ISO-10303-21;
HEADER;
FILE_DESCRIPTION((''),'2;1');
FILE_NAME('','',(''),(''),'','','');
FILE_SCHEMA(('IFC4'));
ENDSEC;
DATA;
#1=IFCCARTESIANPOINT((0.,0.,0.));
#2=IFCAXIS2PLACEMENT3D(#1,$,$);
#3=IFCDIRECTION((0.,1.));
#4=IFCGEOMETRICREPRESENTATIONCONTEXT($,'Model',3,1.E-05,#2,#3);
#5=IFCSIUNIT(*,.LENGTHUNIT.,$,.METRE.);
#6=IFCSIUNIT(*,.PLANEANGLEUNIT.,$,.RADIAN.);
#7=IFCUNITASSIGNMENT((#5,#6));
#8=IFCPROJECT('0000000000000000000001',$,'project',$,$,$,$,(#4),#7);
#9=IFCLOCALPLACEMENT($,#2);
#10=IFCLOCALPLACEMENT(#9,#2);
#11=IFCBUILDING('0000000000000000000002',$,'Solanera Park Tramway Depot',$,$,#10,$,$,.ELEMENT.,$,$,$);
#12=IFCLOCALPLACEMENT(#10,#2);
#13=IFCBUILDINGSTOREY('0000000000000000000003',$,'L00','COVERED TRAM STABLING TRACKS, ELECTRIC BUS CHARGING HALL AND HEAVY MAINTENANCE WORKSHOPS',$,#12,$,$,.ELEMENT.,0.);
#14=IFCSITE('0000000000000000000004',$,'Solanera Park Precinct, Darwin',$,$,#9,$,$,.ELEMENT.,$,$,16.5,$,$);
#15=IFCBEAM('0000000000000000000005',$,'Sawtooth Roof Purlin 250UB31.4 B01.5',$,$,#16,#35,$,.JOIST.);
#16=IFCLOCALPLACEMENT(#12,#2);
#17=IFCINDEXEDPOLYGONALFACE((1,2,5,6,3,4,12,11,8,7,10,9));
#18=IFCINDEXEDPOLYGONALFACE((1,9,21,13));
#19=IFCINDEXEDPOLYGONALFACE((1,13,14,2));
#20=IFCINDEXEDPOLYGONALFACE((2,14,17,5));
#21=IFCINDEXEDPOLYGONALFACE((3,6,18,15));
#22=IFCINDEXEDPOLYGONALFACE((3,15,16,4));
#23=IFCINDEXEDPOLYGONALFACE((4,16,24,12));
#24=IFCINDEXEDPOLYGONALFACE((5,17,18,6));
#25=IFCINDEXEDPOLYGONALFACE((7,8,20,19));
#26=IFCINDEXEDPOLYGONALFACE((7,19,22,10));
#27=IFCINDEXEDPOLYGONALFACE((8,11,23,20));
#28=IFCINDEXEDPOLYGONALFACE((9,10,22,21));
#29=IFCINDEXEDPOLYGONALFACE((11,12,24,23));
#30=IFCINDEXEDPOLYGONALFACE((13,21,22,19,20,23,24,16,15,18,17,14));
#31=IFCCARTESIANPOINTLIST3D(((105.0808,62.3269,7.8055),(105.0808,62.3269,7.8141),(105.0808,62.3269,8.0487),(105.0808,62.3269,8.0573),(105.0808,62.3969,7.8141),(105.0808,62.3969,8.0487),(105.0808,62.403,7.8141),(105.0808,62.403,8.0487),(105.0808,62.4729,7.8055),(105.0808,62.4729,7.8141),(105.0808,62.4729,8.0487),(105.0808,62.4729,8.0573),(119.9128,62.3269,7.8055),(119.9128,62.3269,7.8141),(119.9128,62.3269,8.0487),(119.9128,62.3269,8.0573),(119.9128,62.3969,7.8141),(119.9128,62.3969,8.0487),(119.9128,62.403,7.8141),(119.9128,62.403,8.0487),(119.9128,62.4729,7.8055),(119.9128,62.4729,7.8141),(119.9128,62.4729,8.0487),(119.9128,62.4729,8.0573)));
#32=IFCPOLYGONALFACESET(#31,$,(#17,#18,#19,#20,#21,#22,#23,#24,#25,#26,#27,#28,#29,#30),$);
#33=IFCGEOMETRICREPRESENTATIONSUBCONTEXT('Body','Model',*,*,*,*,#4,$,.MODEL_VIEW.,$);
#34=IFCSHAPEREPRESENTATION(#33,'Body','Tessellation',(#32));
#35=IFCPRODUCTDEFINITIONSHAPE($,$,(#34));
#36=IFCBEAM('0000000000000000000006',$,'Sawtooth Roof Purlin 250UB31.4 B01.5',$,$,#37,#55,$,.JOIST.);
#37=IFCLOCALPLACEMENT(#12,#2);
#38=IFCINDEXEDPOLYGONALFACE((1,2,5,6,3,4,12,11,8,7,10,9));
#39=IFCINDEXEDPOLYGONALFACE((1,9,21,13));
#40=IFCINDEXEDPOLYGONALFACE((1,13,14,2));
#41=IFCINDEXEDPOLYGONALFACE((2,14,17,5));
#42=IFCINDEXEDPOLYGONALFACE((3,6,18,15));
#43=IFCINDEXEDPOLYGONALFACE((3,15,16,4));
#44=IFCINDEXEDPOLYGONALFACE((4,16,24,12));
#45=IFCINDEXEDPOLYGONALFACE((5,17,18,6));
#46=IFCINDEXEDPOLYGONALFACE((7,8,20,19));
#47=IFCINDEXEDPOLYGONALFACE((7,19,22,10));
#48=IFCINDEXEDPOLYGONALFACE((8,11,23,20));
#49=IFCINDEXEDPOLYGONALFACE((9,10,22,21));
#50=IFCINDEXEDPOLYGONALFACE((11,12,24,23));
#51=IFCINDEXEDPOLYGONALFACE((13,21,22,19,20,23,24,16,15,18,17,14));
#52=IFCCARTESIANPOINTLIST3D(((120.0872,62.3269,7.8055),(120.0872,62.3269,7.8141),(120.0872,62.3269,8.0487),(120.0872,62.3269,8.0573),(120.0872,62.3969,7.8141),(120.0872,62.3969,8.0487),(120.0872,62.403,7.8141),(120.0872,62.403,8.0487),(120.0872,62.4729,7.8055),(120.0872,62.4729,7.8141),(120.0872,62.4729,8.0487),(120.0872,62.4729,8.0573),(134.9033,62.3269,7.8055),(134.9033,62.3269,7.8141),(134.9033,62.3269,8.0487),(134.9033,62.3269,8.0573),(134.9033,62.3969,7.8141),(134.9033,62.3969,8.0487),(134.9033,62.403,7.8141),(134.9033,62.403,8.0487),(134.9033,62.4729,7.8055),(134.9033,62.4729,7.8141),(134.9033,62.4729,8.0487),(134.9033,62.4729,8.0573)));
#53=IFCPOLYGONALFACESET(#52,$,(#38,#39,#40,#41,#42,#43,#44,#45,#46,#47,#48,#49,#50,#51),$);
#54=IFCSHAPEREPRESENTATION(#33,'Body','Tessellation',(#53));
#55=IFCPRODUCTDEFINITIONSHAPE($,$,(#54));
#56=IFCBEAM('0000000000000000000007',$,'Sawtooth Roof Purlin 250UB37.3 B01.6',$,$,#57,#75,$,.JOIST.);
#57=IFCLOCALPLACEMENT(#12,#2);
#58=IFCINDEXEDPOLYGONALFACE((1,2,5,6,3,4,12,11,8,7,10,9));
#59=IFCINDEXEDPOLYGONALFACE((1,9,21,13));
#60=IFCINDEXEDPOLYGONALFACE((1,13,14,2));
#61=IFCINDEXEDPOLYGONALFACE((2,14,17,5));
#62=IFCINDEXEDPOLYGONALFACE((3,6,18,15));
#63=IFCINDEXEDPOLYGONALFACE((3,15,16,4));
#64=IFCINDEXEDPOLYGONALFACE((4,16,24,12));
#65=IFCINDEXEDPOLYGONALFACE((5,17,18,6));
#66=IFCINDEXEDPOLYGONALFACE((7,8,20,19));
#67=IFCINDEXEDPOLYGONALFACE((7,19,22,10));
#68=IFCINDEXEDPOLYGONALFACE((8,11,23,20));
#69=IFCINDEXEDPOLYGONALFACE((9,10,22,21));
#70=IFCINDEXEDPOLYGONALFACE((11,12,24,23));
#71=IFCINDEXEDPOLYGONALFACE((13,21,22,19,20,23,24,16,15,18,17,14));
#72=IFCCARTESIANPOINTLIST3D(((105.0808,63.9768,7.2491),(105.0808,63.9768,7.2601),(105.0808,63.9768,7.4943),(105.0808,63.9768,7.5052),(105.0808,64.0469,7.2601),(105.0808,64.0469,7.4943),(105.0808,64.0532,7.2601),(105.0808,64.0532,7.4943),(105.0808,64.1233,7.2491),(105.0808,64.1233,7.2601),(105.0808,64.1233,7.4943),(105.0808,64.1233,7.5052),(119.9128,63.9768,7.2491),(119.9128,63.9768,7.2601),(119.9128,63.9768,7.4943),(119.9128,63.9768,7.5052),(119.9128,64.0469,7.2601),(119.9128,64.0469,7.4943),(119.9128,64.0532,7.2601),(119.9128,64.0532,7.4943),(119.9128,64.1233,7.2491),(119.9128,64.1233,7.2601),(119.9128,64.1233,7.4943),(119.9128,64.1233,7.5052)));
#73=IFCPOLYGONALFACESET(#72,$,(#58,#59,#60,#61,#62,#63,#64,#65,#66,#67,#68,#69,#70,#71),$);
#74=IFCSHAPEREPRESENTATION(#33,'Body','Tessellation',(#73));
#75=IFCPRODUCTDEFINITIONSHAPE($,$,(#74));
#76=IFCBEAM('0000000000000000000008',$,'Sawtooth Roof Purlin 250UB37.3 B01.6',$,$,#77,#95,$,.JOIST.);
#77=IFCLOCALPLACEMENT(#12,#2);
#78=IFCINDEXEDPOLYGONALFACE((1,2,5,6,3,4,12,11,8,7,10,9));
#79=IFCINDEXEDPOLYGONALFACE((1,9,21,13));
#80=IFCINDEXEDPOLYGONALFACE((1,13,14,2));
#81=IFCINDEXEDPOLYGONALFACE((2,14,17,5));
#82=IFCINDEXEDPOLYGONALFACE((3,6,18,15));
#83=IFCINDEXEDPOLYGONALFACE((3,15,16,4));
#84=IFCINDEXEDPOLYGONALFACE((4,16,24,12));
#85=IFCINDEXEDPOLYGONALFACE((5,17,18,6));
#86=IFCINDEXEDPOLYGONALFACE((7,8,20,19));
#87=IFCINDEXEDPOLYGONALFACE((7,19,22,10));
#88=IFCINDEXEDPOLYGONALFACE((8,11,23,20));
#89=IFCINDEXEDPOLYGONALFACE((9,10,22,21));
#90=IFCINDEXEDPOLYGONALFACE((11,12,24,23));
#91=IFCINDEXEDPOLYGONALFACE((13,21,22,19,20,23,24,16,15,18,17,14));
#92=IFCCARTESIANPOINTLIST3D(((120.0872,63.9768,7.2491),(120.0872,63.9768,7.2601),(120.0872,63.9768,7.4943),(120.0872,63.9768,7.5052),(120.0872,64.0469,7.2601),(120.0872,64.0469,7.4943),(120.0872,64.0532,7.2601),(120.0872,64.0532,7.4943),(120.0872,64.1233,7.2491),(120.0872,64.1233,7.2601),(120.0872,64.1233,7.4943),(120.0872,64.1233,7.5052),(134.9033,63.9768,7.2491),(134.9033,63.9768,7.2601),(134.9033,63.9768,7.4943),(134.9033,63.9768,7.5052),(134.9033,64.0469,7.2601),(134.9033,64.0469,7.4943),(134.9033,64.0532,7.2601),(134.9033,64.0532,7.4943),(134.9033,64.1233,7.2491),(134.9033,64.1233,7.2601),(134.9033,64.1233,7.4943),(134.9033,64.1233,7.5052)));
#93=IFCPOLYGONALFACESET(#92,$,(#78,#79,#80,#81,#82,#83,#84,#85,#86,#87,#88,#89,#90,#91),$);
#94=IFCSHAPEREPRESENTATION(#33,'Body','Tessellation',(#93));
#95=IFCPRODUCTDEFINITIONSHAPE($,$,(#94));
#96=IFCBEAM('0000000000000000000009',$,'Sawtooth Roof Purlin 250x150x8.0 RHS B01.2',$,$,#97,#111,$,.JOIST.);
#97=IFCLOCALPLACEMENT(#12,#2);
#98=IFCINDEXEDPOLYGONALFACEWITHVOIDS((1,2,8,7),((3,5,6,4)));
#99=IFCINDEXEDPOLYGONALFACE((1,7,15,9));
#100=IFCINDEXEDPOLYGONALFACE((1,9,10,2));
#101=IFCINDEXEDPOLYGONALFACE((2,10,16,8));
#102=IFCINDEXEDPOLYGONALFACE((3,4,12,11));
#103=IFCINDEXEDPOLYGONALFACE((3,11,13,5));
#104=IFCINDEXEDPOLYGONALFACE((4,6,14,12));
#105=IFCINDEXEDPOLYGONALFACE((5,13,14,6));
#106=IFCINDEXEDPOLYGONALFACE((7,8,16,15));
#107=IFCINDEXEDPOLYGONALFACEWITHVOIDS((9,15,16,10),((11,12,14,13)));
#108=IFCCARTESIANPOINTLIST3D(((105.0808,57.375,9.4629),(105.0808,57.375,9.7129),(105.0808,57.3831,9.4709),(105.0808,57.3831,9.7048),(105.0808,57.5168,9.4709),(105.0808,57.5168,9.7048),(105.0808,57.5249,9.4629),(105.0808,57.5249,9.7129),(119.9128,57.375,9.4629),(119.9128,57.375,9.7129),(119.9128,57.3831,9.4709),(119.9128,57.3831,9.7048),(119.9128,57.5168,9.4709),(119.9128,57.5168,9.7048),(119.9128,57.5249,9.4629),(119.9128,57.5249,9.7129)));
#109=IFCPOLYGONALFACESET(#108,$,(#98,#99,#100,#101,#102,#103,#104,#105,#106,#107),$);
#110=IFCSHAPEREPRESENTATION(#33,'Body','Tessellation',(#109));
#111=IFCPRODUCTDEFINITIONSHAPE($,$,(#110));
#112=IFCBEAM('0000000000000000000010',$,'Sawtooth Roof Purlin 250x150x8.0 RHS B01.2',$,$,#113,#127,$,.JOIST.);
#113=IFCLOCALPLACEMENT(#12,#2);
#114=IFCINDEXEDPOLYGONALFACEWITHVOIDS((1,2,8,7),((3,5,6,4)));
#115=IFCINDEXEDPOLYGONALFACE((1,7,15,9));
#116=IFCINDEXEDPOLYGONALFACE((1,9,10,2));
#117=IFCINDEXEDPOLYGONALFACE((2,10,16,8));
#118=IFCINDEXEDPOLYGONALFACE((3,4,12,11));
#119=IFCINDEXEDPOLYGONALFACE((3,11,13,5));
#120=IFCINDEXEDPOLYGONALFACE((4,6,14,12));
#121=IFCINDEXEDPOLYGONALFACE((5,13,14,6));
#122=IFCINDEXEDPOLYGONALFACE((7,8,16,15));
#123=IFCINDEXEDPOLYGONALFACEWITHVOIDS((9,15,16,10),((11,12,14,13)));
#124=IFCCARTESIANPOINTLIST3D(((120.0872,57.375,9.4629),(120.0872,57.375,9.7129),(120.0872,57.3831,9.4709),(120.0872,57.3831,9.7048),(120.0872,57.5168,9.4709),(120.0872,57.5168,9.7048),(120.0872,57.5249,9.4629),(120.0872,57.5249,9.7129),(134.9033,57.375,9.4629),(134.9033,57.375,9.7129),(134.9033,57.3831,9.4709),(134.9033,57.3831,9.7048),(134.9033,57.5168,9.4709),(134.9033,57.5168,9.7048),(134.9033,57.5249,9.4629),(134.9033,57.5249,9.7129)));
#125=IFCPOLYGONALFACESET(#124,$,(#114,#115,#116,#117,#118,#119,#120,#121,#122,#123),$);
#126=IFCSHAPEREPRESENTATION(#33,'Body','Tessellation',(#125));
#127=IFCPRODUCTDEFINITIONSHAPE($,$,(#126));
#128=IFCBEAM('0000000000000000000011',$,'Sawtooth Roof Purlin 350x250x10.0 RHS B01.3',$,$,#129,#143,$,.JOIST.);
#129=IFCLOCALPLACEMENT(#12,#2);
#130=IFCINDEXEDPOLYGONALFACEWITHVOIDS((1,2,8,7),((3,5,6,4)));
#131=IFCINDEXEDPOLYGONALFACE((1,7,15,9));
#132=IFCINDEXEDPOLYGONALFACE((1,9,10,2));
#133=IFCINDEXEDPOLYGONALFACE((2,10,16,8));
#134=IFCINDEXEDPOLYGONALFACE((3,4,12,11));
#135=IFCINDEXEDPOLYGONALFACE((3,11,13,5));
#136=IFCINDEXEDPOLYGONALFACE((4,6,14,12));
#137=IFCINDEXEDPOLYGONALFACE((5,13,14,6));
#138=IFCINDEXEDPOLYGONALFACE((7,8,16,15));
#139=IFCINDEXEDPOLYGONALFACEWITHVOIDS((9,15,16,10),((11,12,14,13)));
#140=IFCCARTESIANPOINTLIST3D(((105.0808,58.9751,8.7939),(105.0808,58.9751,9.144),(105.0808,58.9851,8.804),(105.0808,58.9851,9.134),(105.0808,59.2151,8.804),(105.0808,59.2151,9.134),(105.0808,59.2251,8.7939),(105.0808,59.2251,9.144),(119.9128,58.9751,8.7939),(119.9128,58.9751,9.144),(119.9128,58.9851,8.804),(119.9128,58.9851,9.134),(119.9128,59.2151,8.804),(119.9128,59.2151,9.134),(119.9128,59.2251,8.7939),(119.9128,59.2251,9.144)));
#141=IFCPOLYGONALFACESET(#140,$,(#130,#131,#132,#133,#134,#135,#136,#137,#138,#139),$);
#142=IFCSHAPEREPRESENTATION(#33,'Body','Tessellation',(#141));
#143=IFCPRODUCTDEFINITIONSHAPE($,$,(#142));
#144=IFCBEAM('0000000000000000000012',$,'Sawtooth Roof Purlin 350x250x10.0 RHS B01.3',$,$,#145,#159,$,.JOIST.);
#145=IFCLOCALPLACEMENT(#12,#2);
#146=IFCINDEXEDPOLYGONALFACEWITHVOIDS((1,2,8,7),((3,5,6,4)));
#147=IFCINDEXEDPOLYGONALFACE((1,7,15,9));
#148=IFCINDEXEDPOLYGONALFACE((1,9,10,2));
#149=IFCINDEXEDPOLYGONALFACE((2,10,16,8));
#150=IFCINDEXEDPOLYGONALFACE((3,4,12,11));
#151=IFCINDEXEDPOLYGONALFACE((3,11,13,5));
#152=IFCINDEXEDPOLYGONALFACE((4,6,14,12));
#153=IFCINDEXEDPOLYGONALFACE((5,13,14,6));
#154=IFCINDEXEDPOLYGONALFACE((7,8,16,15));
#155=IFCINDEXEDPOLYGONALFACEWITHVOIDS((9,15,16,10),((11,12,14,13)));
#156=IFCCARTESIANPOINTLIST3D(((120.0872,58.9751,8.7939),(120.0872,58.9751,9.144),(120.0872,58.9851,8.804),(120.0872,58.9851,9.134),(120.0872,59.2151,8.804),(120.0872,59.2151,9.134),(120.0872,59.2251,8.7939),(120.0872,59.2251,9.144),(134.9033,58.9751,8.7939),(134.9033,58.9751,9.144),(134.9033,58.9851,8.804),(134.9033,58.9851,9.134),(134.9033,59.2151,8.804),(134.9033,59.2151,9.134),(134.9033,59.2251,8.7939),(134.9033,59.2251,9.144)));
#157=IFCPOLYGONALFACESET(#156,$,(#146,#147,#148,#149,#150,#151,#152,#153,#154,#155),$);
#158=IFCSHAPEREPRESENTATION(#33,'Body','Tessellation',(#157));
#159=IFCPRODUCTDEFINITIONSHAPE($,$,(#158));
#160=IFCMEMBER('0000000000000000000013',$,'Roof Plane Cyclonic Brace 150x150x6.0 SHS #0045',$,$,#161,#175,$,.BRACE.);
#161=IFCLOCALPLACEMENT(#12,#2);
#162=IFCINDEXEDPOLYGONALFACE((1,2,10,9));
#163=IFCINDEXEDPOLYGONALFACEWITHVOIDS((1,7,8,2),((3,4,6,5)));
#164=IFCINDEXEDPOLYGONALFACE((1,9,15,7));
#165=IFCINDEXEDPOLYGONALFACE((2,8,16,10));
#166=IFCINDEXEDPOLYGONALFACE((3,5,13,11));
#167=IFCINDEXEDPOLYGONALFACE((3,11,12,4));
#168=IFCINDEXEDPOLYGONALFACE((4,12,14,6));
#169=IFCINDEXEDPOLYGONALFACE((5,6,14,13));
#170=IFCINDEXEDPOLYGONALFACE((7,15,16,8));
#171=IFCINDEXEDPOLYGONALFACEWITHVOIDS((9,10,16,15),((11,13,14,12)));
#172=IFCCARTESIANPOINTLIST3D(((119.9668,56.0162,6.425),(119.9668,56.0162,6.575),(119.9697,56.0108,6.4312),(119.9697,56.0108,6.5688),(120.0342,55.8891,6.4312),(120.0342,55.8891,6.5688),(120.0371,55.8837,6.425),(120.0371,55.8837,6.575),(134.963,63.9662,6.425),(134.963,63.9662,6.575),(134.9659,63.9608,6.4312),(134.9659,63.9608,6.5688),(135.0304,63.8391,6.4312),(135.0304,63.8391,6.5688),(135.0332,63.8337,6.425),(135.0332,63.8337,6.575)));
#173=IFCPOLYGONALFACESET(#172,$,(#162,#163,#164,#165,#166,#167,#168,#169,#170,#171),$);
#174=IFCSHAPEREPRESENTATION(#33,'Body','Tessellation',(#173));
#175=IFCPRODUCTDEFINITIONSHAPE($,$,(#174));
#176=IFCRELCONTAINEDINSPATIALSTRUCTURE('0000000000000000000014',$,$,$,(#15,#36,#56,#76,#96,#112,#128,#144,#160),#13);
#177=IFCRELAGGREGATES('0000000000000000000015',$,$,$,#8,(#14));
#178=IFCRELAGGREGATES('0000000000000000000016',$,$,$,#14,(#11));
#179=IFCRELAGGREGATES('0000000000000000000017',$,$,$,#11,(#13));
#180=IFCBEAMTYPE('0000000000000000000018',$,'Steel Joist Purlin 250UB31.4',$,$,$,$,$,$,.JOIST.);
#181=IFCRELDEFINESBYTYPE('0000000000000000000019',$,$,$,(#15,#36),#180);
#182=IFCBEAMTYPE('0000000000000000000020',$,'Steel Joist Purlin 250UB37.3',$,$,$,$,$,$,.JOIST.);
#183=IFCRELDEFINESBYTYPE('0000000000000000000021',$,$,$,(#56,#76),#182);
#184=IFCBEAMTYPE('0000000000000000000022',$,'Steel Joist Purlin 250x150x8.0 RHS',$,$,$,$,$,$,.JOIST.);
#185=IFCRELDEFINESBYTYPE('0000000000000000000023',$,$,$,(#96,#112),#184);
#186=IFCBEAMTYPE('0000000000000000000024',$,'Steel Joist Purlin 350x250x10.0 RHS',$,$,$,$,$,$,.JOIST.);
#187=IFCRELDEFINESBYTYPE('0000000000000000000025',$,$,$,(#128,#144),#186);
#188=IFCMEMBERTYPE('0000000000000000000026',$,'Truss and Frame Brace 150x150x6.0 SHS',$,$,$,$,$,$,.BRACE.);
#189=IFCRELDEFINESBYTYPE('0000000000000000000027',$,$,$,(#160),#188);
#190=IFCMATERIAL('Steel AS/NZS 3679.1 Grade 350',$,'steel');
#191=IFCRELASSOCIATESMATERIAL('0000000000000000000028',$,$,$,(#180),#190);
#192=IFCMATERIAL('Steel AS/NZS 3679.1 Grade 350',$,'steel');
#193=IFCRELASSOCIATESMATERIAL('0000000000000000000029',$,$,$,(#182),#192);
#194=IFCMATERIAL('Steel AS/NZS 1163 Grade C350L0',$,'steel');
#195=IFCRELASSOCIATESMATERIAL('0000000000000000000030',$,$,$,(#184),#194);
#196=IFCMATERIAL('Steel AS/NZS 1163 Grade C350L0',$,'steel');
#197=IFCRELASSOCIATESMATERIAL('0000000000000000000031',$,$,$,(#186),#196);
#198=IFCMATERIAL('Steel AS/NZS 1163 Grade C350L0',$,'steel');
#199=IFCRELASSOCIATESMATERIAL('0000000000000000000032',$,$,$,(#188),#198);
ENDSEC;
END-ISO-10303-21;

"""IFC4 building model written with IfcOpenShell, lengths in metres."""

from ifc_helpers import new_model, si_unit, direction, frame, origin, origin_2d, place, context, subcontext, project, spatial, hollow_rectangle, i_section, extrude, material, material_profile, profile_set, type_object, element, save


model = new_model("IFC4")

# Units and contexts
model_context = context("Model", 3, precision=1e-05, world=origin(), true_north=direction((0.0, 1.0)))
body_context = subcontext(model_context, "Body", "Model", "MODEL_VIEW")
ifc_project = project(units=[si_unit("LENGTHUNIT", "METRE"), si_unit("PLANEANGLEUNIT", "RADIAN")], contexts=[model_context])

# Site, building, storey
site_placement = place(None, origin())
site = spatial("IfcSite", under=ifc_project, at=site_placement, Name="Solanera Park Precinct, Darwin", CompositionType="ELEMENT", RefElevation=16.5)
building_placement = place(site_placement, origin())
building = spatial("IfcBuilding", under=site, at=building_placement, Name="Solanera Park Tramway Depot", CompositionType="ELEMENT")
storey_placement = place(building_placement, origin())
storey = spatial("IfcBuildingStorey", under=building, at=storey_placement, Name="L00", Description="COVERED TRAM STABLING TRACKS, ELECTRIC BUS CHARGING HALL AND HEAVY MAINTENANCE WORKSHOPS", CompositionType="ELEMENT", Elevation=0.0)

# Beams
ifc_material_1 = material(Name="Steel AS/NZS 3679.1 Grade 350", Category="steel")
ifc_material_profile_1 = material_profile(ifc_material_1, i_section(OverallWidth=0.146, OverallDepth=0.2517, WebThickness=0.0061, FlangeThickness=0.0085, at=origin_2d()), Name="250UB31.4")
ifc_profile_set_1 = profile_set([ifc_material_profile_1], Name="Steel AS/NZS 3679.1 Grade 350")
beam_type_1 = type_object("IfcBeamType", Name="Steel Joist Purlin 250UB31.4", PredefinedType="JOIST", material=ifc_profile_set_1)
beam_1_placement = place(storey_placement, frame((105.0808, 62.3999, 7.9314), z_axis=(1.0, 0.0, 0.0), x_axis=(0.0, 1.0, 0.0)))
element("IfcBeam", 1, at=beam_1_placement, inside=storey, type_object=beam_type_1, Name="Sawtooth Roof Purlin 250UB31.4 B01.5", PredefinedType="JOIST", context=body_context, shape_type="SweptSolid", body=[
    extrude(i_section(OverallWidth=0.146, OverallDepth=0.2517, WebThickness=0.0061, FlangeThickness=0.0085, at=origin_2d()), origin(), (0.0, 0.0, 1.0), 14.832),
])
beam_2_placement = place(storey_placement, frame((120.0872, 62.3999, 7.9314), z_axis=(1.0, 0.0, 0.0), x_axis=(0.0, 1.0, 0.0)))
element("IfcBeam", 2, at=beam_2_placement, inside=storey, type_object=beam_type_1, Name="Sawtooth Roof Purlin 250UB31.4 B01.5", PredefinedType="JOIST", context=body_context, shape_type="SweptSolid", body=[
    extrude(i_section(OverallWidth=0.146, OverallDepth=0.2517, WebThickness=0.0061, FlangeThickness=0.0085, at=origin_2d()), origin(), (0.0, 0.0, 1.0), 14.8162),
])
ifc_material_2 = material(Name="Steel AS/NZS 3679.1 Grade 350", Category="steel")
ifc_material_profile_2 = material_profile(ifc_material_2, i_section(OverallWidth=0.1465, OverallDepth=0.2561, WebThickness=0.0063, FlangeThickness=0.011, at=origin_2d()), Name="250UB37.3")
ifc_profile_set_2 = profile_set([ifc_material_profile_2], Name="Steel AS/NZS 3679.1 Grade 350")
beam_type_2 = type_object("IfcBeamType", Name="Steel Joist Purlin 250UB37.3", PredefinedType="JOIST", material=ifc_profile_set_2)
beam_3_placement = place(storey_placement, frame((105.0808, 64.05, 7.3772), z_axis=(1.0, 0.0, 0.0), x_axis=(0.0, 1.0, 0.0)))
element("IfcBeam", 3, at=beam_3_placement, inside=storey, type_object=beam_type_2, Name="Sawtooth Roof Purlin 250UB37.3 B01.6", PredefinedType="JOIST", context=body_context, shape_type="SweptSolid", body=[
    extrude(i_section(OverallWidth=0.1465, OverallDepth=0.2561, WebThickness=0.0063, FlangeThickness=0.011, at=origin_2d()), origin(), (0.0, 0.0, 1.0), 14.832),
])
beam_4_placement = place(storey_placement, frame((120.0872, 64.05, 7.3772), z_axis=(1.0, 0.0, 0.0), x_axis=(0.0, 1.0, 0.0)))
element("IfcBeam", 4, at=beam_4_placement, inside=storey, type_object=beam_type_2, Name="Sawtooth Roof Purlin 250UB37.3 B01.6", PredefinedType="JOIST", context=body_context, shape_type="SweptSolid", body=[
    extrude(i_section(OverallWidth=0.1465, OverallDepth=0.2561, WebThickness=0.0063, FlangeThickness=0.011, at=origin_2d()), origin(), (0.0, 0.0, 1.0), 14.8162),
])
ifc_material_3 = material(Name="Steel AS/NZS 1163 Grade C350L0", Category="steel")
ifc_material_profile_3 = material_profile(ifc_material_3, hollow_rectangle(XDim=0.1499, YDim=0.25, WallThickness=0.0081, at=origin_2d()), Name="250x150x8.0 RHS")
ifc_profile_set_3 = profile_set([ifc_material_profile_3], Name="Steel AS/NZS 1163 Grade C350L0")
beam_type_3 = type_object("IfcBeamType", Name="Steel Joist Purlin 250x150x8.0 RHS", PredefinedType="JOIST", material=ifc_profile_set_3)
beam_5_placement = place(storey_placement, frame((105.0808, 57.45, 9.5879), z_axis=(1.0, 0.0, 0.0), x_axis=(0.0, 1.0, 0.0)))
element("IfcBeam", 5, at=beam_5_placement, inside=storey, type_object=beam_type_3, Name="Sawtooth Roof Purlin 250x150x8.0 RHS B01.2", PredefinedType="JOIST", context=body_context, shape_type="SweptSolid", body=[
    extrude(hollow_rectangle(XDim=0.1499, YDim=0.25, WallThickness=0.0081, at=origin_2d()), origin(), (0.0, 0.0, 1.0), 14.832),
])
beam_6_placement = place(storey_placement, frame((120.0872, 57.45, 9.5879), z_axis=(1.0, 0.0, 0.0), x_axis=(0.0, 1.0, 0.0)))
element("IfcBeam", 6, at=beam_6_placement, inside=storey, type_object=beam_type_3, Name="Sawtooth Roof Purlin 250x150x8.0 RHS B01.2", PredefinedType="JOIST", context=body_context, shape_type="SweptSolid", body=[
    extrude(hollow_rectangle(XDim=0.1499, YDim=0.25, WallThickness=0.0081, at=origin_2d()), origin(), (0.0, 0.0, 1.0), 14.8162),
])
ifc_material_4 = material(Name="Steel AS/NZS 1163 Grade C350L0", Category="steel")
ifc_material_profile_4 = material_profile(ifc_material_4, hollow_rectangle(XDim=0.25, YDim=0.3501, WallThickness=0.01, at=origin_2d()), Name="350x250x10.0 RHS")
ifc_profile_set_4 = profile_set([ifc_material_profile_4], Name="Steel AS/NZS 1163 Grade C350L0")
beam_type_4 = type_object("IfcBeamType", Name="Steel Joist Purlin 350x250x10.0 RHS", PredefinedType="JOIST", material=ifc_profile_set_4)
beam_7_placement = place(storey_placement, frame((105.0808, 59.1001, 8.969), z_axis=(1.0, 0.0, 0.0), x_axis=(0.0, 1.0, 0.0)))
element("IfcBeam", 7, at=beam_7_placement, inside=storey, type_object=beam_type_4, Name="Sawtooth Roof Purlin 350x250x10.0 RHS B01.3", PredefinedType="JOIST", context=body_context, shape_type="SweptSolid", body=[
    extrude(hollow_rectangle(XDim=0.25, YDim=0.3501, WallThickness=0.01, at=origin_2d()), origin(), (0.0, 0.0, 1.0), 14.832),
])
beam_8_placement = place(storey_placement, frame((120.0872, 59.1001, 8.969), z_axis=(1.0, 0.0, 0.0), x_axis=(0.0, 1.0, 0.0)))
element("IfcBeam", 8, at=beam_8_placement, inside=storey, type_object=beam_type_4, Name="Sawtooth Roof Purlin 350x250x10.0 RHS B01.3", PredefinedType="JOIST", context=body_context, shape_type="SweptSolid", body=[
    extrude(hollow_rectangle(XDim=0.25, YDim=0.3501, WallThickness=0.01, at=origin_2d()), origin(), (0.0, 0.0, 1.0), 14.8162),
])

# Member
ifc_material_5 = material(Name="Steel AS/NZS 1163 Grade C350L0", Category="steel")
ifc_material_profile_5 = material_profile(ifc_material_5, hollow_rectangle(XDim=0.1499, YDim=0.1499, WallThickness=0.0061, at=origin_2d()), Name="150x150x6.0 SHS")
ifc_profile_set_5 = profile_set([ifc_material_profile_5], Name="Steel AS/NZS 1163 Grade C350L0")
member_type_1 = type_object("IfcMemberType", Name="Truss and Frame Brace 150x150x6.0 SHS", PredefinedType="BRACE", material=ifc_profile_set_5)
member_1_placement = place(storey_placement, frame((120.002, 55.95, 6.5), z_axis=(0.883524, 0.468387, 0.0), x_axis=(-0.468387, 0.883524, 0.0)))
element("IfcMember", 9, at=member_1_placement, inside=storey, type_object=member_type_1, Name="Roof Plane Cyclonic Brace 150x150x6.0 SHS #0045", PredefinedType="BRACE", context=body_context, shape_type="SweptSolid", body=[
    extrude(hollow_rectangle(XDim=0.1499, YDim=0.1499, WallThickness=0.0061, at=origin_2d()), origin(), (0.0, 0.0, 1.0), 16.9731),
])

save(model, "model.ifc")
